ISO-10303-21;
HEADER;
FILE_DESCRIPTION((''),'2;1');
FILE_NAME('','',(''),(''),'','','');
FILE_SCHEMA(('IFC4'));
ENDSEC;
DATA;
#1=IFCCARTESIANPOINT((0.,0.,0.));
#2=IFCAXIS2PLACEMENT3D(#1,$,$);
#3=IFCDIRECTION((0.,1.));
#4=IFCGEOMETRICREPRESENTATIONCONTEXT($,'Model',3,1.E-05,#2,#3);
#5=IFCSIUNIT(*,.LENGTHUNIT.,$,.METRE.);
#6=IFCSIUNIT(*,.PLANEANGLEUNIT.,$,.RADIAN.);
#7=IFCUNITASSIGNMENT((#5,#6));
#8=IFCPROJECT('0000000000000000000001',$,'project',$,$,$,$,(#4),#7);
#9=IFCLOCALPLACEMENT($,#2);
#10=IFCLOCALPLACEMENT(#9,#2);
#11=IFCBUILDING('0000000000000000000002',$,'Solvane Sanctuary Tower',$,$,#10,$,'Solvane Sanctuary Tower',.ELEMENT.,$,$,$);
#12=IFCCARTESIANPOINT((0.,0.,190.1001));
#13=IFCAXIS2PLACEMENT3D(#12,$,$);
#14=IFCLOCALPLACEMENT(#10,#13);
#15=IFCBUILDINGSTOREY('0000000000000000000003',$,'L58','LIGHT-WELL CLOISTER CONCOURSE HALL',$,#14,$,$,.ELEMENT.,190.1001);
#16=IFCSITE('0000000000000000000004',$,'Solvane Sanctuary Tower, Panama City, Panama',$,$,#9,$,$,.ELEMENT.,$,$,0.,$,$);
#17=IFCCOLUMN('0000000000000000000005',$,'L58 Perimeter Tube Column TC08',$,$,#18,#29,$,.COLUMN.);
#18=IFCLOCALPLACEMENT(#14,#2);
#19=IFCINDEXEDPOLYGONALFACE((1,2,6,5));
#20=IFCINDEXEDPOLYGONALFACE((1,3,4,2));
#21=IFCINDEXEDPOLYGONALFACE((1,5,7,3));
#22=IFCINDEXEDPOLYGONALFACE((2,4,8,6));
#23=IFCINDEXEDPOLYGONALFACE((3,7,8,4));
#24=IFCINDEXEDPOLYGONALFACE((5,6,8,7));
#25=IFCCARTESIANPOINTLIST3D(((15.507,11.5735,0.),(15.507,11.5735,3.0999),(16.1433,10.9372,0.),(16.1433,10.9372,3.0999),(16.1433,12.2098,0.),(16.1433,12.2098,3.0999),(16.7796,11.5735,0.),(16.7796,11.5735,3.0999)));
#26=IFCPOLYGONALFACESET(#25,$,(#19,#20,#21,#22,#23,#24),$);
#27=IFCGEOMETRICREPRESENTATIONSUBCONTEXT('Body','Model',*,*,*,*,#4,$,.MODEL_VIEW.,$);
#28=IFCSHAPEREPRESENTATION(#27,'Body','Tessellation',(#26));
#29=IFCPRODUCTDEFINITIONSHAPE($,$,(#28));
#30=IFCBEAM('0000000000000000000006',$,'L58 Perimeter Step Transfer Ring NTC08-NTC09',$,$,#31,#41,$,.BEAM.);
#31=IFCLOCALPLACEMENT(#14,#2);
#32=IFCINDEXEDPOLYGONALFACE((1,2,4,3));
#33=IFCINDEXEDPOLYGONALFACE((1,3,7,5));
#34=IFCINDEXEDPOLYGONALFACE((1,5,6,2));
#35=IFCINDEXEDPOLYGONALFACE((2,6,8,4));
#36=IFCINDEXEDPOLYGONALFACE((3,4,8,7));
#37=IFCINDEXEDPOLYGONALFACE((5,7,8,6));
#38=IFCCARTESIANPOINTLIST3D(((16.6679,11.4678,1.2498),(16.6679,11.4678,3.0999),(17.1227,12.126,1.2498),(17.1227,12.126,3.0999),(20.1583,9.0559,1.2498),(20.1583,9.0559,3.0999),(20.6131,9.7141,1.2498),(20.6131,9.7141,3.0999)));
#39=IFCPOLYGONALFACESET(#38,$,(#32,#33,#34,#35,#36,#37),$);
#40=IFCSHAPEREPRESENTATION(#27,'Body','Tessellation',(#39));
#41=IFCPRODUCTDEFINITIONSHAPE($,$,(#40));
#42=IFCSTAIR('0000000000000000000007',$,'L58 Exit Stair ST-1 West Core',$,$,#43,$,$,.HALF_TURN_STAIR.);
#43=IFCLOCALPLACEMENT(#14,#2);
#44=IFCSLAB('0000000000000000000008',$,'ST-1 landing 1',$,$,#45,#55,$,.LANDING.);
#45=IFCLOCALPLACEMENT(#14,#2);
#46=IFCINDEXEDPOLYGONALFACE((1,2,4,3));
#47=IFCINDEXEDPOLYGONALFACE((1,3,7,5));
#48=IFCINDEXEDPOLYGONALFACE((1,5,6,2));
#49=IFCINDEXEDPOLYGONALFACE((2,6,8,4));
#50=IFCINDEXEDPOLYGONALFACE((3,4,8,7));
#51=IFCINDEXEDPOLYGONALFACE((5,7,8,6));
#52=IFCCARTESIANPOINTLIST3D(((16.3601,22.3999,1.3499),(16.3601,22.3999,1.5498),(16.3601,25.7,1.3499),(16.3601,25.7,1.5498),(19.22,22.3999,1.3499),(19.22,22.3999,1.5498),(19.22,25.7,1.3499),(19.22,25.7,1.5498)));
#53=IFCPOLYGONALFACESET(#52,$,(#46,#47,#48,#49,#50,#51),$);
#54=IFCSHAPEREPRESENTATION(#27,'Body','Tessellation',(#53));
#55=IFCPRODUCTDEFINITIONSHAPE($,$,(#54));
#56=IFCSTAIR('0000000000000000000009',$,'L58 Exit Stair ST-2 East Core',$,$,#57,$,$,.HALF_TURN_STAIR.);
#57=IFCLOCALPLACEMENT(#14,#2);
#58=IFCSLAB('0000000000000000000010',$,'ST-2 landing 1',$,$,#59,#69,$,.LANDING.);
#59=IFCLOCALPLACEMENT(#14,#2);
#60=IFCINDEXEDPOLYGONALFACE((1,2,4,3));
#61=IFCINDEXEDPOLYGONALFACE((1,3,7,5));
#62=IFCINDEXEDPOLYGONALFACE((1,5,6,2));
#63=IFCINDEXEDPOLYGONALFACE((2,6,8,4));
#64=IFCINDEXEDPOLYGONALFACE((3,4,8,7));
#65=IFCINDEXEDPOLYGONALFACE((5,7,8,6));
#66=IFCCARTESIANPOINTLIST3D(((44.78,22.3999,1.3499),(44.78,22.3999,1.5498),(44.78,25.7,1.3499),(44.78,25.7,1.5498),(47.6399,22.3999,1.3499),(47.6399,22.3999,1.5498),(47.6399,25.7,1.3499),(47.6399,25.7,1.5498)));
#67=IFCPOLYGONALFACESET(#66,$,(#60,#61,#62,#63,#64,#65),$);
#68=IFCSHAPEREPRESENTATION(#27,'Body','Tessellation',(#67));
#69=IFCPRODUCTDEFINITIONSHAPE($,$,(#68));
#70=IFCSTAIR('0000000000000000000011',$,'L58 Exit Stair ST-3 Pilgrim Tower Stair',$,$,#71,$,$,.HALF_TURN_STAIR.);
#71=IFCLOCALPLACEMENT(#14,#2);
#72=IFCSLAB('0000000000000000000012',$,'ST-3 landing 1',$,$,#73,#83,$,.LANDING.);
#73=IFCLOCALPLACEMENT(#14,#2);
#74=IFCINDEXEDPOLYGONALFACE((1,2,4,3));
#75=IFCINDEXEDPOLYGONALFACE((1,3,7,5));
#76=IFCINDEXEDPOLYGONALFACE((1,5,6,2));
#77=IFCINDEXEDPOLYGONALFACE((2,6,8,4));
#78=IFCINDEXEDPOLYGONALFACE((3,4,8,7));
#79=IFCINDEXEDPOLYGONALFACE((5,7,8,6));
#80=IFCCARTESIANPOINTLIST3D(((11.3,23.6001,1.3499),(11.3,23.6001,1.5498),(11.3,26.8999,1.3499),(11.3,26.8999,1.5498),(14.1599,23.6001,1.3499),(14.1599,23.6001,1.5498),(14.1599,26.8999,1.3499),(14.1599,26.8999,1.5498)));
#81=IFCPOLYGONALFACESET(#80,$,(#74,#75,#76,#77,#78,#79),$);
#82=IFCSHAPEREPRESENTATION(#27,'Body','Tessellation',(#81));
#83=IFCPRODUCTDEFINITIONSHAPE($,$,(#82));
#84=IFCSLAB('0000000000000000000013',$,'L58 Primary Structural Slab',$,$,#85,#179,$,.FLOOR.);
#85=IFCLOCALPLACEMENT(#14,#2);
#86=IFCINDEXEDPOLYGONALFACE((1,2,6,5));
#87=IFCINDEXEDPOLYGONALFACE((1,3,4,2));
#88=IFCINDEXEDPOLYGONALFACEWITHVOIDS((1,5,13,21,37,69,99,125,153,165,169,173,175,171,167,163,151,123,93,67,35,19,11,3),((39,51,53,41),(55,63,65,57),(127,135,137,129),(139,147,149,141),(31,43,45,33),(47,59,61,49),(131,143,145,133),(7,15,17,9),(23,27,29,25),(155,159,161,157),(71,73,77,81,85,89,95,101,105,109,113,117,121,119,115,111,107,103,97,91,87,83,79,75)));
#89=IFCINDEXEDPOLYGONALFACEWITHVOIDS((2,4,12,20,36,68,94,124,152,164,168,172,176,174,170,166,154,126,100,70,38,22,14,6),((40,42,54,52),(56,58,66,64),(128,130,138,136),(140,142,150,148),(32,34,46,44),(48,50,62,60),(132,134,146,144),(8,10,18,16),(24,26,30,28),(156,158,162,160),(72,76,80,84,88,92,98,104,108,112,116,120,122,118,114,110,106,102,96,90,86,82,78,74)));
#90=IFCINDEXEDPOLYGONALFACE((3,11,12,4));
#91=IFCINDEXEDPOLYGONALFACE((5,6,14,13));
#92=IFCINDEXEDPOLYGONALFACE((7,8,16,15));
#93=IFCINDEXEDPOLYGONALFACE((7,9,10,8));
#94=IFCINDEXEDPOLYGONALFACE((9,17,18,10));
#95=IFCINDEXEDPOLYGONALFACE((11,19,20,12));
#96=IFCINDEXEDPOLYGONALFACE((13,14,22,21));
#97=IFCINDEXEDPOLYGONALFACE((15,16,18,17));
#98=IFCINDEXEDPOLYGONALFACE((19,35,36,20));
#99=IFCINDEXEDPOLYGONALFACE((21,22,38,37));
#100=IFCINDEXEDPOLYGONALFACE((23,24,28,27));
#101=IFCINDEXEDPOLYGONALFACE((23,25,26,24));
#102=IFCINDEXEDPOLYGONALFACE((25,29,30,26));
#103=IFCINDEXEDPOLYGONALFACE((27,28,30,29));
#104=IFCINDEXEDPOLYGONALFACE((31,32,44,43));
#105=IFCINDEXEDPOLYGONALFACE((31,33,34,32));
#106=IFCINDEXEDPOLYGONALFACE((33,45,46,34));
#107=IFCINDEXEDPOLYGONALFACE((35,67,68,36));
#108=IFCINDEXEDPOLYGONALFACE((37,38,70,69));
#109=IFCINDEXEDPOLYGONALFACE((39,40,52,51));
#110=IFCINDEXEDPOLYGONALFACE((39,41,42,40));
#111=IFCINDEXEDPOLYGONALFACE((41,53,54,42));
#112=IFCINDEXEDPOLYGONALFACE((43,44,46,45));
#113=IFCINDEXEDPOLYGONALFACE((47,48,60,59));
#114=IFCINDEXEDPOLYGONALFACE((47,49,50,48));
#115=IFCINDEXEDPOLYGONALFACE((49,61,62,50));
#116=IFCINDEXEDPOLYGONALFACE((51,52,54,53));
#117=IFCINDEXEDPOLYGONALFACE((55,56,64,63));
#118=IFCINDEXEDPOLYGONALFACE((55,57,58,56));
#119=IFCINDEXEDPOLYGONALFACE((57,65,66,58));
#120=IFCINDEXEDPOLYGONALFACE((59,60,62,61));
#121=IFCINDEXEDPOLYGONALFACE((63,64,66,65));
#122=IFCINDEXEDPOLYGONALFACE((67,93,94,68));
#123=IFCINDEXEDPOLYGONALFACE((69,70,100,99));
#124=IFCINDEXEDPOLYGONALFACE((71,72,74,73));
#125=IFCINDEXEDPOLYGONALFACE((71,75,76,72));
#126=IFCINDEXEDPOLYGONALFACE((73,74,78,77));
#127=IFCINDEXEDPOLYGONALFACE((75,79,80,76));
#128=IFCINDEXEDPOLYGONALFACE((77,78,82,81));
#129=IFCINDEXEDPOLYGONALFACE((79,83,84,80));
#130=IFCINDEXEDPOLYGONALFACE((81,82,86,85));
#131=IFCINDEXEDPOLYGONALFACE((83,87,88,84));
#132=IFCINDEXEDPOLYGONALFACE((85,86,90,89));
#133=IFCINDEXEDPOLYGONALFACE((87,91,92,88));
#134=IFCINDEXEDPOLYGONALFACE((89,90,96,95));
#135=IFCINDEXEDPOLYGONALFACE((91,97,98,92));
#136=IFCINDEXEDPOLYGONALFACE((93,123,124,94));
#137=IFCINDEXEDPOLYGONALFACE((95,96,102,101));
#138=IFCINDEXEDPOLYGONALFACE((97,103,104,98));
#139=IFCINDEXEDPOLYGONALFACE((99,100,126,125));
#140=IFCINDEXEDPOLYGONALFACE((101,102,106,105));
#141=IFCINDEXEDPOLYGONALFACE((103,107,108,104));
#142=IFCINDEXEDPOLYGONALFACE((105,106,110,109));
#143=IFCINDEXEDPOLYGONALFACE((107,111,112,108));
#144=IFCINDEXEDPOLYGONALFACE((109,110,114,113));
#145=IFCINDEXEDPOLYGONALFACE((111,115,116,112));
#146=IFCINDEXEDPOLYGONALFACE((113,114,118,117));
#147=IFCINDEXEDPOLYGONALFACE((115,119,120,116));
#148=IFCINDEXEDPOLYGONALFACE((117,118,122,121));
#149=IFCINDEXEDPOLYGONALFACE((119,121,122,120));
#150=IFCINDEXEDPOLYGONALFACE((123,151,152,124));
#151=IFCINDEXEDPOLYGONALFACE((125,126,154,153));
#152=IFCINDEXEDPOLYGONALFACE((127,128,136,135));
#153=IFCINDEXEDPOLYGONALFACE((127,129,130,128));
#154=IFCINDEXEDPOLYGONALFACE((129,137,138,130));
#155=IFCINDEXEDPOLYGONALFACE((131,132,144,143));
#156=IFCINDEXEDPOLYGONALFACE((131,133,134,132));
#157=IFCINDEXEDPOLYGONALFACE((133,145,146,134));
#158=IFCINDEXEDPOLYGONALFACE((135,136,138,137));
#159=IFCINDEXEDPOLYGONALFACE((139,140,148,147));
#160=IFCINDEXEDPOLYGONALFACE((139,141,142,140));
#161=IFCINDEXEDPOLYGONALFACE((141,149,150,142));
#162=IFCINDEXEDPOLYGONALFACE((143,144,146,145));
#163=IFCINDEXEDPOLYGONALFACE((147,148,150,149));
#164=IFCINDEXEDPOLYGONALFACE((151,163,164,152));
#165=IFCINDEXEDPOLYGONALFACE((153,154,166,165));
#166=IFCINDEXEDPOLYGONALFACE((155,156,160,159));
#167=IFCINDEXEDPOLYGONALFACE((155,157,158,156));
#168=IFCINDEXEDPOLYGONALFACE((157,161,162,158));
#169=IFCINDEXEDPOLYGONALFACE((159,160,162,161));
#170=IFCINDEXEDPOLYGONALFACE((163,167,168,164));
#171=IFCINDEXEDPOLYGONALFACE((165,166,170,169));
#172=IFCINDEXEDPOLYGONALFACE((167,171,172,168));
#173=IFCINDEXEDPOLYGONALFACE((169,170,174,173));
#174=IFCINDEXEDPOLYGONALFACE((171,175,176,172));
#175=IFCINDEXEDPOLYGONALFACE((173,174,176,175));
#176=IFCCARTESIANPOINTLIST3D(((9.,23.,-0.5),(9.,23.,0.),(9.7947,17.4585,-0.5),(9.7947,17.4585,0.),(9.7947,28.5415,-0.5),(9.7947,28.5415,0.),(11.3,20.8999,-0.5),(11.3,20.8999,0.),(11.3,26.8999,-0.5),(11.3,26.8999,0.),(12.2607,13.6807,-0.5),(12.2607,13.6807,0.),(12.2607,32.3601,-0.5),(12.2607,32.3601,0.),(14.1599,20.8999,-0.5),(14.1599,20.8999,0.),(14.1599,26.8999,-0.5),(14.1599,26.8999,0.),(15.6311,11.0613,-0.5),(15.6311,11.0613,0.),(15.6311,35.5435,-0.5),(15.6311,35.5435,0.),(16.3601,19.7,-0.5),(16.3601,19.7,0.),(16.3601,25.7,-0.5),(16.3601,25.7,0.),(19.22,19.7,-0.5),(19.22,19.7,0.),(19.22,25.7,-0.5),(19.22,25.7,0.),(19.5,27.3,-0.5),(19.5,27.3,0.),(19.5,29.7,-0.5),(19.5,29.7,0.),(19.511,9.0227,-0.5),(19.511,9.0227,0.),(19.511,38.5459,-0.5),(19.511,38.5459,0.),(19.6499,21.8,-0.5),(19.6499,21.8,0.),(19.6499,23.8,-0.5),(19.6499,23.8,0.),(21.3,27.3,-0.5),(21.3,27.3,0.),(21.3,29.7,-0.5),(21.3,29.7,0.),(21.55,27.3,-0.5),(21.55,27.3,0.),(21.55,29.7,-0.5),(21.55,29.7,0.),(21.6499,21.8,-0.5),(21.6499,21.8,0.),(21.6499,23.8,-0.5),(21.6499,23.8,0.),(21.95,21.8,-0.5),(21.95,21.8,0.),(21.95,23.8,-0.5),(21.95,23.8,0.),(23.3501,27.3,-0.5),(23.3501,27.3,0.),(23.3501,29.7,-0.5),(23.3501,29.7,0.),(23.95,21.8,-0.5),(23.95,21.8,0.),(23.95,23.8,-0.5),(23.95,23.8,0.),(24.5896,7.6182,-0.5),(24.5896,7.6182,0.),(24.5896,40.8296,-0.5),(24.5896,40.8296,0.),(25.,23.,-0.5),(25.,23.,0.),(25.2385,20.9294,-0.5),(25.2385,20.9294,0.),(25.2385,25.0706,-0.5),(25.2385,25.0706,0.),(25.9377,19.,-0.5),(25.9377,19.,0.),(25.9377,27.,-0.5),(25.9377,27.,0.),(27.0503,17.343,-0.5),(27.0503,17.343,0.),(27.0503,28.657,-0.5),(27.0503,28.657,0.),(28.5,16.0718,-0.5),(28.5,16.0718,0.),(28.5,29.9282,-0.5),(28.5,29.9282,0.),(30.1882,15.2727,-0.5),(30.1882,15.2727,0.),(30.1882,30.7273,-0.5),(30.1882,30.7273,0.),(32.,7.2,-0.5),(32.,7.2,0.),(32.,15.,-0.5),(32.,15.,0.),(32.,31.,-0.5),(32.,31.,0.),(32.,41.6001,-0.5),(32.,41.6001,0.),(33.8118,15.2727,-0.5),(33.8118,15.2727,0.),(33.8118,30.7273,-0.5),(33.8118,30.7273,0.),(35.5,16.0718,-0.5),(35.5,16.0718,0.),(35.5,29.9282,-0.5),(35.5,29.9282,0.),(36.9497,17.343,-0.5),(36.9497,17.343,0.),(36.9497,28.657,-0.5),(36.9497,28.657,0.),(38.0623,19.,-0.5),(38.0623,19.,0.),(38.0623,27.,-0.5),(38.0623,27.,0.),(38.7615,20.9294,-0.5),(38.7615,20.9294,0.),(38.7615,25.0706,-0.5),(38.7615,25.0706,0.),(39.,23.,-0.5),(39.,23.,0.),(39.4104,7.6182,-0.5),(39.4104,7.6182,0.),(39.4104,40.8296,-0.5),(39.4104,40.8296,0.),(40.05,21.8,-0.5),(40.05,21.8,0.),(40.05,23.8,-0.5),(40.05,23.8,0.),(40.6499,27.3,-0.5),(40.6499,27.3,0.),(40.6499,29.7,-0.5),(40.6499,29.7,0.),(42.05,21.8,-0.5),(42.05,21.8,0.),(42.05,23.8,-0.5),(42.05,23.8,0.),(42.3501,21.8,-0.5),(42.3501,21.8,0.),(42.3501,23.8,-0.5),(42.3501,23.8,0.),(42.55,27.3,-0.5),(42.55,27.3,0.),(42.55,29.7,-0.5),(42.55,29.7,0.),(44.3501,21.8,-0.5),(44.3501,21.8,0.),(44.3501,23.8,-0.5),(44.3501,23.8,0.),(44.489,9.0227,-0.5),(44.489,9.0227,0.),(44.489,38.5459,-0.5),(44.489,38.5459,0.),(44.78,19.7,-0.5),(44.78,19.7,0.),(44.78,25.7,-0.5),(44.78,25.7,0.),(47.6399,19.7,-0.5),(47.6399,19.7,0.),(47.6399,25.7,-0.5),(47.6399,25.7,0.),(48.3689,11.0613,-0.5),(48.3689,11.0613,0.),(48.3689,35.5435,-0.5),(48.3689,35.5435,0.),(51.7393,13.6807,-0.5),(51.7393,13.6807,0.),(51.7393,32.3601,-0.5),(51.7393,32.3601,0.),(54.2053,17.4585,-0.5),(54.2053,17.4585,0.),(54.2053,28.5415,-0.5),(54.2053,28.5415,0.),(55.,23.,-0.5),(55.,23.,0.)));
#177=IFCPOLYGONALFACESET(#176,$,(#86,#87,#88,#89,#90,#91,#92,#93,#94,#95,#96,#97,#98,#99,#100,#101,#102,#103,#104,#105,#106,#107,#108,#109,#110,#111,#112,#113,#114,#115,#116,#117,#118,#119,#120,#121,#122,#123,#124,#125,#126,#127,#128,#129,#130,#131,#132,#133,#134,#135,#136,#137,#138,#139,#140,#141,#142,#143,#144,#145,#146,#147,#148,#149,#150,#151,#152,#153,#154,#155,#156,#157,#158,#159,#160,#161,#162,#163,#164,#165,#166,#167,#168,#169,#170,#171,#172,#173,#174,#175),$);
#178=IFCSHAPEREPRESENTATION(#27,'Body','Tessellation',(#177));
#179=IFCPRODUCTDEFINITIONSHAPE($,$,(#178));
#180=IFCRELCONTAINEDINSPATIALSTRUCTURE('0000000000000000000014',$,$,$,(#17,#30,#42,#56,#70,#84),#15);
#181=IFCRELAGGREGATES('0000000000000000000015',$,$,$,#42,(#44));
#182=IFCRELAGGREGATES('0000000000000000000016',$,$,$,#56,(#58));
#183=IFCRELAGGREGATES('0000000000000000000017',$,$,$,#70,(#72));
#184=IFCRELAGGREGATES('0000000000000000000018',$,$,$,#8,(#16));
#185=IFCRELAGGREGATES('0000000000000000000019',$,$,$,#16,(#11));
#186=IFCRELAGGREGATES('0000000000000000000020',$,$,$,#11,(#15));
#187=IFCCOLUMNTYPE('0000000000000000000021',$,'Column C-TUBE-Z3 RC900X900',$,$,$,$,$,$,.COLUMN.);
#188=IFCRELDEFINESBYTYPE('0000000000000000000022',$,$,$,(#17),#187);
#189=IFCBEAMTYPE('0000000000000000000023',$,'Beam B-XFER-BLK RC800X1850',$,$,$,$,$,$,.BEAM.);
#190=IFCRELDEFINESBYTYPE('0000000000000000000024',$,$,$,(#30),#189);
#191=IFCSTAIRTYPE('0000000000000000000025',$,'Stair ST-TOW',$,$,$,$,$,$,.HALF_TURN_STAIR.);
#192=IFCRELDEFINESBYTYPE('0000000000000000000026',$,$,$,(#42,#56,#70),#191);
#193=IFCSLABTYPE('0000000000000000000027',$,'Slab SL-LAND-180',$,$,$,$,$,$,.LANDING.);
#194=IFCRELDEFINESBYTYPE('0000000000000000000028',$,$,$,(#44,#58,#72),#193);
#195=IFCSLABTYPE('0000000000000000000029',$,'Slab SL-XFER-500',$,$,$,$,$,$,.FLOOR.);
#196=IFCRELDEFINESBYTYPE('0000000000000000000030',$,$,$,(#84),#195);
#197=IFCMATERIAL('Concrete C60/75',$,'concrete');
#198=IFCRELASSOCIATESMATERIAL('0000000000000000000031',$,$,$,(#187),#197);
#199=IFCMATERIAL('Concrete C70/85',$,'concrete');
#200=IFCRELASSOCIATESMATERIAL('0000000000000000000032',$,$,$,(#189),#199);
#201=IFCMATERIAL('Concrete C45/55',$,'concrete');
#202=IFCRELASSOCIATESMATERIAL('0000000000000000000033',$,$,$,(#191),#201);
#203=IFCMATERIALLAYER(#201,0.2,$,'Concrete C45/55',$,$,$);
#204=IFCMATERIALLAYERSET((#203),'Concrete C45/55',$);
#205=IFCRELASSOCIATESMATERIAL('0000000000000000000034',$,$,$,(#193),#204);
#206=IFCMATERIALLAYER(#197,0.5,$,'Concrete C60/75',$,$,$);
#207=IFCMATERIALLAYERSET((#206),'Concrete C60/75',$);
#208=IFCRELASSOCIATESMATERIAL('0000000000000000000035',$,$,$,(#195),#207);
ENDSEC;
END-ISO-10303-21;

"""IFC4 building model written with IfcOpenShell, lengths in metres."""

from ifc_helpers import new_model, si_unit, direction, frame, origin, origin_2d, place, context, subcontext, project, spatial, polyline, rectangle, outline, extrude, material, layer, layer_set, material_profile, profile_set, type_object, element, aggregate, save


model = new_model("IFC4")

# Units and contexts
model_context = context("Model", 3, precision=1e-05, world=origin(), true_north=direction((0.0, 1.0)))
body_context = subcontext(model_context, "Body", "Model", "MODEL_VIEW")
ifc_project = project(units=[si_unit("LENGTHUNIT", "METRE"), si_unit("PLANEANGLEUNIT", "RADIAN")], contexts=[model_context])

# Site, building, storey
site_placement = place(None, origin())
site = spatial("IfcSite", under=ifc_project, at=site_placement, Name="Solvane Sanctuary Tower, Panama City, Panama", CompositionType="ELEMENT", RefElevation=0.0)
building_placement = place(site_placement, origin())
building = spatial("IfcBuilding", under=site, at=building_placement, Name="Solvane Sanctuary Tower", LongName="Solvane Sanctuary Tower", CompositionType="ELEMENT")
storey_placement = place(building_placement, frame((0.0, 0.0, 190.1001)))
storey = spatial("IfcBuildingStorey", under=building, at=storey_placement, Name="L58", Description="LIGHT-WELL CLOISTER CONCOURSE HALL", CompositionType="ELEMENT", Elevation=190.1001)

# Column
ifc_material_1 = material(Name="Concrete C60/75", Category="concrete")
ifc_material_profile_1 = material_profile(ifc_material_1, rectangle(XDim=0.8999, YDim=0.8999, at=origin_2d()), Name="RC900X900")
ifc_profile_set_1 = profile_set([ifc_material_profile_1], Name="Concrete C60/75")
column_type = type_object("IfcColumnType", Name="Column C-TUBE-Z3 RC900X900", PredefinedType="COLUMN", material=ifc_profile_set_1)
column_placement = place(storey_placement, frame((16.1433, 11.5735, 0.0), z_axis=(0.0, 0.0, 1.0), x_axis=(-0.707107, -0.707107, 0.0)))
element("IfcColumn", 1, at=column_placement, inside=storey, type_object=column_type, Name="L58 Perimeter Tube Column TC08", PredefinedType="COLUMN", context=body_context, shape_type="SweptSolid", body=[
    extrude(rectangle(XDim=0.8999, YDim=0.8999, at=origin_2d()), origin(), (0.0, 0.0, 1.0), 3.0999),
])

# Beam
ifc_material_2 = material(Name="Concrete C70/85", Category="concrete")
ifc_material_profile_2 = material_profile(ifc_material_2, rectangle(XDim=0.8, YDim=1.8501, at=origin_2d()), Name="RC800X1850")
ifc_profile_set_2 = profile_set([ifc_material_profile_2], Name="Concrete C70/85")
beam_type = type_object("IfcBeamType", Name="Beam B-XFER-BLK RC800X1850", PredefinedType="BEAM", material=ifc_profile_set_2)
beam_placement = place(storey_placement, frame((16.8953, 11.7969, 2.1748), z_axis=(0.822701, -0.568474, 0.0), x_axis=(0.568474, 0.822701, 0.0)))
element("IfcBeam", 2, at=beam_placement, inside=storey, type_object=beam_type, Name="L58 Perimeter Step Transfer Ring NTC08-NTC09", PredefinedType="BEAM", context=body_context, shape_type="SweptSolid", body=[
    extrude(rectangle(XDim=0.8, YDim=1.8501, at=origin_2d()), origin(), (0.0, 0.0, 1.0), 4.2427),
])

# Stairs, slabs
ifc_material_3 = material(Name="Concrete C45/55", Category="concrete")
stair_type = type_object("IfcStairType", Name="Stair ST-TOW", PredefinedType="HALF_TURN_STAIR", material=ifc_material_3)
stair_1_placement = place(storey_placement, origin())
stair_1 = element("IfcStair", 3, at=stair_1_placement, inside=storey, type_object=stair_type, Name="L58 Exit Stair ST-1 West Core", PredefinedType="HALF_TURN_STAIR")
ifc_layer_1 = layer(ifc_material_3, 0.2, Name="Concrete C45/55")
ifc_layer_set_1 = layer_set([ifc_layer_1], Name="Concrete C45/55")
slab_type_1 = type_object("IfcSlabType", Name="Slab SL-LAND-180", PredefinedType="LANDING", material=ifc_layer_set_1)
slab_1_placement = place(storey_placement, frame((0.0, 0.0, 1.3499)))
slab_1 = element("IfcSlab", 4, at=slab_1_placement, type_object=slab_type_1, Name="ST-1 landing 1", PredefinedType="LANDING", context=body_context, shape_type="SweptSolid", body=[
    extrude(outline(polyline([(19.22, 22.3999), (19.22, 25.7), (16.3601, 25.7), (16.3601, 22.3999), (19.22, 22.3999)])), origin(), (0.0, 0.0, 1.0), 0.2),
])
aggregate(stair_1, [slab_1])
stair_2_placement = place(storey_placement, origin())
stair_2 = element("IfcStair", 5, at=stair_2_placement, inside=storey, type_object=stair_type, Name="L58 Exit Stair ST-2 East Core", PredefinedType="HALF_TURN_STAIR")
slab_2_placement = place(storey_placement, frame((0.0, 0.0, 1.3499)))
slab_2 = element("IfcSlab", 6, at=slab_2_placement, type_object=slab_type_1, Name="ST-2 landing 1", PredefinedType="LANDING", context=body_context, shape_type="SweptSolid", body=[
    extrude(outline(polyline([(47.6399, 22.3999), (47.6399, 25.7), (44.78, 25.7), (44.78, 22.3999), (47.6399, 22.3999)])), origin(), (0.0, 0.0, 1.0), 0.2),
])
aggregate(stair_2, [slab_2])
stair_3_placement = place(storey_placement, origin())
stair_3 = element("IfcStair", 7, at=stair_3_placement, inside=storey, type_object=stair_type, Name="L58 Exit Stair ST-3 Pilgrim Tower Stair", PredefinedType="HALF_TURN_STAIR")
slab_3_placement = place(storey_placement, frame((0.0, 0.0, 1.3499)))
slab_3 = element("IfcSlab", 8, at=slab_3_placement, type_object=slab_type_1, Name="ST-3 landing 1", PredefinedType="LANDING", context=body_context, shape_type="SweptSolid", body=[
    extrude(outline(polyline([(14.1599, 23.6001), (14.1599, 26.8999), (11.3, 26.8999), (11.3, 23.6001), (14.1599, 23.6001)])), origin(), (0.0, 0.0, 1.0), 0.2),
])
aggregate(stair_3, [slab_3])

# Slab
ifc_layer_2 = layer(ifc_material_1, 0.5, Name="Concrete C60/75")
ifc_layer_set_2 = layer_set([ifc_layer_2], Name="Concrete C60/75")
slab_type_2 = type_object("IfcSlabType", Name="Slab SL-XFER-500", PredefinedType="FLOOR", material=ifc_layer_set_2)
slab_4_placement = place(storey_placement, frame((0.0, 0.0, -0.5)))
element("IfcSlab", 9, at=slab_4_placement, inside=storey, type_object=slab_type_2, Name="L58 Primary Structural Slab", PredefinedType="FLOOR", context=body_context, shape_type="SweptSolid", body=[
    extrude(outline(polyline([(55.0, 23.0), (54.2053, 28.5415), (51.7393, 32.3601), (48.3689, 35.5435), (44.489, 38.5459), (39.4104, 40.8296), (32.0, 41.6001), (24.5896, 40.8296), (19.511, 38.5459), (15.6311, 35.5435), (12.2607, 32.3601), (9.7947, 28.5415), (9.0, 23.0), (9.7947, 17.4585), (12.2607, 13.6807), (15.6311, 11.0613), (19.511, 9.0227), (24.5896, 7.6182), (32.0, 7.2), (39.4104, 7.6182), (44.489, 9.0227), (48.3689, 11.0613), (51.7393, 13.6807), (54.2053, 17.4585), (55.0, 23.0)]), holes=[polyline([(38.7615, 20.9294), (38.0623, 19.0), (36.9497, 17.343), (35.5, 16.0718), (33.8118, 15.2727), (32.0, 15.0), (30.1882, 15.2727), (28.5, 16.0718), (27.0503, 17.343), (25.9377, 19.0), (25.2385, 20.9294), (25.0, 23.0), (25.2385, 25.0706), (25.9377, 27.0), (27.0503, 28.657), (28.5, 29.9282), (30.1882, 30.7273), (32.0, 31.0), (33.8118, 30.7273), (35.5, 29.9282), (36.9497, 28.657), (38.0623, 27.0), (38.7615, 25.0706), (39.0, 23.0), (38.7615, 20.9294)]), polyline([(16.3601, 19.7), (16.3601, 25.7), (19.22, 25.7), (19.22, 19.7), (16.3601, 19.7)]), polyline([(44.78, 19.7), (44.78, 25.7), (47.6399, 25.7), (47.6399, 19.7), (44.78, 19.7)]), polyline([(11.3, 20.8999), (11.3, 26.8999), (14.1599, 26.8999), (14.1599, 20.8999), (11.3, 20.8999)]), polyline([(19.6499, 23.8), (21.6499, 23.8), (21.6499, 21.8), (19.6499, 21.8), (19.6499, 23.8)]), polyline([(42.3501, 23.8), (44.3501, 23.8), (44.3501, 21.8), (42.3501, 21.8), (42.3501, 23.8)]), polyline([(21.95, 23.8), (23.95, 23.8), (23.95, 21.8), (21.95, 21.8), (21.95, 23.8)]), polyline([(40.05, 23.8), (42.05, 23.8), (42.05, 21.8), (40.05, 21.8), (40.05, 23.8)]), polyline([(19.5, 29.7), (21.3, 29.7), (21.3, 27.3), (19.5, 27.3), (19.5, 29.7)]), polyline([(21.55, 29.7), (23.3501, 29.7), (23.3501, 27.3), (21.55, 27.3), (21.55, 29.7)]), polyline([(40.6499, 29.7), (42.55, 29.7), (42.55, 27.3), (40.6499, 27.3), (40.6499, 29.7)])]), origin(), (0.0, 0.0, 1.0), 0.5),
])

save(model, "model.ifc")
